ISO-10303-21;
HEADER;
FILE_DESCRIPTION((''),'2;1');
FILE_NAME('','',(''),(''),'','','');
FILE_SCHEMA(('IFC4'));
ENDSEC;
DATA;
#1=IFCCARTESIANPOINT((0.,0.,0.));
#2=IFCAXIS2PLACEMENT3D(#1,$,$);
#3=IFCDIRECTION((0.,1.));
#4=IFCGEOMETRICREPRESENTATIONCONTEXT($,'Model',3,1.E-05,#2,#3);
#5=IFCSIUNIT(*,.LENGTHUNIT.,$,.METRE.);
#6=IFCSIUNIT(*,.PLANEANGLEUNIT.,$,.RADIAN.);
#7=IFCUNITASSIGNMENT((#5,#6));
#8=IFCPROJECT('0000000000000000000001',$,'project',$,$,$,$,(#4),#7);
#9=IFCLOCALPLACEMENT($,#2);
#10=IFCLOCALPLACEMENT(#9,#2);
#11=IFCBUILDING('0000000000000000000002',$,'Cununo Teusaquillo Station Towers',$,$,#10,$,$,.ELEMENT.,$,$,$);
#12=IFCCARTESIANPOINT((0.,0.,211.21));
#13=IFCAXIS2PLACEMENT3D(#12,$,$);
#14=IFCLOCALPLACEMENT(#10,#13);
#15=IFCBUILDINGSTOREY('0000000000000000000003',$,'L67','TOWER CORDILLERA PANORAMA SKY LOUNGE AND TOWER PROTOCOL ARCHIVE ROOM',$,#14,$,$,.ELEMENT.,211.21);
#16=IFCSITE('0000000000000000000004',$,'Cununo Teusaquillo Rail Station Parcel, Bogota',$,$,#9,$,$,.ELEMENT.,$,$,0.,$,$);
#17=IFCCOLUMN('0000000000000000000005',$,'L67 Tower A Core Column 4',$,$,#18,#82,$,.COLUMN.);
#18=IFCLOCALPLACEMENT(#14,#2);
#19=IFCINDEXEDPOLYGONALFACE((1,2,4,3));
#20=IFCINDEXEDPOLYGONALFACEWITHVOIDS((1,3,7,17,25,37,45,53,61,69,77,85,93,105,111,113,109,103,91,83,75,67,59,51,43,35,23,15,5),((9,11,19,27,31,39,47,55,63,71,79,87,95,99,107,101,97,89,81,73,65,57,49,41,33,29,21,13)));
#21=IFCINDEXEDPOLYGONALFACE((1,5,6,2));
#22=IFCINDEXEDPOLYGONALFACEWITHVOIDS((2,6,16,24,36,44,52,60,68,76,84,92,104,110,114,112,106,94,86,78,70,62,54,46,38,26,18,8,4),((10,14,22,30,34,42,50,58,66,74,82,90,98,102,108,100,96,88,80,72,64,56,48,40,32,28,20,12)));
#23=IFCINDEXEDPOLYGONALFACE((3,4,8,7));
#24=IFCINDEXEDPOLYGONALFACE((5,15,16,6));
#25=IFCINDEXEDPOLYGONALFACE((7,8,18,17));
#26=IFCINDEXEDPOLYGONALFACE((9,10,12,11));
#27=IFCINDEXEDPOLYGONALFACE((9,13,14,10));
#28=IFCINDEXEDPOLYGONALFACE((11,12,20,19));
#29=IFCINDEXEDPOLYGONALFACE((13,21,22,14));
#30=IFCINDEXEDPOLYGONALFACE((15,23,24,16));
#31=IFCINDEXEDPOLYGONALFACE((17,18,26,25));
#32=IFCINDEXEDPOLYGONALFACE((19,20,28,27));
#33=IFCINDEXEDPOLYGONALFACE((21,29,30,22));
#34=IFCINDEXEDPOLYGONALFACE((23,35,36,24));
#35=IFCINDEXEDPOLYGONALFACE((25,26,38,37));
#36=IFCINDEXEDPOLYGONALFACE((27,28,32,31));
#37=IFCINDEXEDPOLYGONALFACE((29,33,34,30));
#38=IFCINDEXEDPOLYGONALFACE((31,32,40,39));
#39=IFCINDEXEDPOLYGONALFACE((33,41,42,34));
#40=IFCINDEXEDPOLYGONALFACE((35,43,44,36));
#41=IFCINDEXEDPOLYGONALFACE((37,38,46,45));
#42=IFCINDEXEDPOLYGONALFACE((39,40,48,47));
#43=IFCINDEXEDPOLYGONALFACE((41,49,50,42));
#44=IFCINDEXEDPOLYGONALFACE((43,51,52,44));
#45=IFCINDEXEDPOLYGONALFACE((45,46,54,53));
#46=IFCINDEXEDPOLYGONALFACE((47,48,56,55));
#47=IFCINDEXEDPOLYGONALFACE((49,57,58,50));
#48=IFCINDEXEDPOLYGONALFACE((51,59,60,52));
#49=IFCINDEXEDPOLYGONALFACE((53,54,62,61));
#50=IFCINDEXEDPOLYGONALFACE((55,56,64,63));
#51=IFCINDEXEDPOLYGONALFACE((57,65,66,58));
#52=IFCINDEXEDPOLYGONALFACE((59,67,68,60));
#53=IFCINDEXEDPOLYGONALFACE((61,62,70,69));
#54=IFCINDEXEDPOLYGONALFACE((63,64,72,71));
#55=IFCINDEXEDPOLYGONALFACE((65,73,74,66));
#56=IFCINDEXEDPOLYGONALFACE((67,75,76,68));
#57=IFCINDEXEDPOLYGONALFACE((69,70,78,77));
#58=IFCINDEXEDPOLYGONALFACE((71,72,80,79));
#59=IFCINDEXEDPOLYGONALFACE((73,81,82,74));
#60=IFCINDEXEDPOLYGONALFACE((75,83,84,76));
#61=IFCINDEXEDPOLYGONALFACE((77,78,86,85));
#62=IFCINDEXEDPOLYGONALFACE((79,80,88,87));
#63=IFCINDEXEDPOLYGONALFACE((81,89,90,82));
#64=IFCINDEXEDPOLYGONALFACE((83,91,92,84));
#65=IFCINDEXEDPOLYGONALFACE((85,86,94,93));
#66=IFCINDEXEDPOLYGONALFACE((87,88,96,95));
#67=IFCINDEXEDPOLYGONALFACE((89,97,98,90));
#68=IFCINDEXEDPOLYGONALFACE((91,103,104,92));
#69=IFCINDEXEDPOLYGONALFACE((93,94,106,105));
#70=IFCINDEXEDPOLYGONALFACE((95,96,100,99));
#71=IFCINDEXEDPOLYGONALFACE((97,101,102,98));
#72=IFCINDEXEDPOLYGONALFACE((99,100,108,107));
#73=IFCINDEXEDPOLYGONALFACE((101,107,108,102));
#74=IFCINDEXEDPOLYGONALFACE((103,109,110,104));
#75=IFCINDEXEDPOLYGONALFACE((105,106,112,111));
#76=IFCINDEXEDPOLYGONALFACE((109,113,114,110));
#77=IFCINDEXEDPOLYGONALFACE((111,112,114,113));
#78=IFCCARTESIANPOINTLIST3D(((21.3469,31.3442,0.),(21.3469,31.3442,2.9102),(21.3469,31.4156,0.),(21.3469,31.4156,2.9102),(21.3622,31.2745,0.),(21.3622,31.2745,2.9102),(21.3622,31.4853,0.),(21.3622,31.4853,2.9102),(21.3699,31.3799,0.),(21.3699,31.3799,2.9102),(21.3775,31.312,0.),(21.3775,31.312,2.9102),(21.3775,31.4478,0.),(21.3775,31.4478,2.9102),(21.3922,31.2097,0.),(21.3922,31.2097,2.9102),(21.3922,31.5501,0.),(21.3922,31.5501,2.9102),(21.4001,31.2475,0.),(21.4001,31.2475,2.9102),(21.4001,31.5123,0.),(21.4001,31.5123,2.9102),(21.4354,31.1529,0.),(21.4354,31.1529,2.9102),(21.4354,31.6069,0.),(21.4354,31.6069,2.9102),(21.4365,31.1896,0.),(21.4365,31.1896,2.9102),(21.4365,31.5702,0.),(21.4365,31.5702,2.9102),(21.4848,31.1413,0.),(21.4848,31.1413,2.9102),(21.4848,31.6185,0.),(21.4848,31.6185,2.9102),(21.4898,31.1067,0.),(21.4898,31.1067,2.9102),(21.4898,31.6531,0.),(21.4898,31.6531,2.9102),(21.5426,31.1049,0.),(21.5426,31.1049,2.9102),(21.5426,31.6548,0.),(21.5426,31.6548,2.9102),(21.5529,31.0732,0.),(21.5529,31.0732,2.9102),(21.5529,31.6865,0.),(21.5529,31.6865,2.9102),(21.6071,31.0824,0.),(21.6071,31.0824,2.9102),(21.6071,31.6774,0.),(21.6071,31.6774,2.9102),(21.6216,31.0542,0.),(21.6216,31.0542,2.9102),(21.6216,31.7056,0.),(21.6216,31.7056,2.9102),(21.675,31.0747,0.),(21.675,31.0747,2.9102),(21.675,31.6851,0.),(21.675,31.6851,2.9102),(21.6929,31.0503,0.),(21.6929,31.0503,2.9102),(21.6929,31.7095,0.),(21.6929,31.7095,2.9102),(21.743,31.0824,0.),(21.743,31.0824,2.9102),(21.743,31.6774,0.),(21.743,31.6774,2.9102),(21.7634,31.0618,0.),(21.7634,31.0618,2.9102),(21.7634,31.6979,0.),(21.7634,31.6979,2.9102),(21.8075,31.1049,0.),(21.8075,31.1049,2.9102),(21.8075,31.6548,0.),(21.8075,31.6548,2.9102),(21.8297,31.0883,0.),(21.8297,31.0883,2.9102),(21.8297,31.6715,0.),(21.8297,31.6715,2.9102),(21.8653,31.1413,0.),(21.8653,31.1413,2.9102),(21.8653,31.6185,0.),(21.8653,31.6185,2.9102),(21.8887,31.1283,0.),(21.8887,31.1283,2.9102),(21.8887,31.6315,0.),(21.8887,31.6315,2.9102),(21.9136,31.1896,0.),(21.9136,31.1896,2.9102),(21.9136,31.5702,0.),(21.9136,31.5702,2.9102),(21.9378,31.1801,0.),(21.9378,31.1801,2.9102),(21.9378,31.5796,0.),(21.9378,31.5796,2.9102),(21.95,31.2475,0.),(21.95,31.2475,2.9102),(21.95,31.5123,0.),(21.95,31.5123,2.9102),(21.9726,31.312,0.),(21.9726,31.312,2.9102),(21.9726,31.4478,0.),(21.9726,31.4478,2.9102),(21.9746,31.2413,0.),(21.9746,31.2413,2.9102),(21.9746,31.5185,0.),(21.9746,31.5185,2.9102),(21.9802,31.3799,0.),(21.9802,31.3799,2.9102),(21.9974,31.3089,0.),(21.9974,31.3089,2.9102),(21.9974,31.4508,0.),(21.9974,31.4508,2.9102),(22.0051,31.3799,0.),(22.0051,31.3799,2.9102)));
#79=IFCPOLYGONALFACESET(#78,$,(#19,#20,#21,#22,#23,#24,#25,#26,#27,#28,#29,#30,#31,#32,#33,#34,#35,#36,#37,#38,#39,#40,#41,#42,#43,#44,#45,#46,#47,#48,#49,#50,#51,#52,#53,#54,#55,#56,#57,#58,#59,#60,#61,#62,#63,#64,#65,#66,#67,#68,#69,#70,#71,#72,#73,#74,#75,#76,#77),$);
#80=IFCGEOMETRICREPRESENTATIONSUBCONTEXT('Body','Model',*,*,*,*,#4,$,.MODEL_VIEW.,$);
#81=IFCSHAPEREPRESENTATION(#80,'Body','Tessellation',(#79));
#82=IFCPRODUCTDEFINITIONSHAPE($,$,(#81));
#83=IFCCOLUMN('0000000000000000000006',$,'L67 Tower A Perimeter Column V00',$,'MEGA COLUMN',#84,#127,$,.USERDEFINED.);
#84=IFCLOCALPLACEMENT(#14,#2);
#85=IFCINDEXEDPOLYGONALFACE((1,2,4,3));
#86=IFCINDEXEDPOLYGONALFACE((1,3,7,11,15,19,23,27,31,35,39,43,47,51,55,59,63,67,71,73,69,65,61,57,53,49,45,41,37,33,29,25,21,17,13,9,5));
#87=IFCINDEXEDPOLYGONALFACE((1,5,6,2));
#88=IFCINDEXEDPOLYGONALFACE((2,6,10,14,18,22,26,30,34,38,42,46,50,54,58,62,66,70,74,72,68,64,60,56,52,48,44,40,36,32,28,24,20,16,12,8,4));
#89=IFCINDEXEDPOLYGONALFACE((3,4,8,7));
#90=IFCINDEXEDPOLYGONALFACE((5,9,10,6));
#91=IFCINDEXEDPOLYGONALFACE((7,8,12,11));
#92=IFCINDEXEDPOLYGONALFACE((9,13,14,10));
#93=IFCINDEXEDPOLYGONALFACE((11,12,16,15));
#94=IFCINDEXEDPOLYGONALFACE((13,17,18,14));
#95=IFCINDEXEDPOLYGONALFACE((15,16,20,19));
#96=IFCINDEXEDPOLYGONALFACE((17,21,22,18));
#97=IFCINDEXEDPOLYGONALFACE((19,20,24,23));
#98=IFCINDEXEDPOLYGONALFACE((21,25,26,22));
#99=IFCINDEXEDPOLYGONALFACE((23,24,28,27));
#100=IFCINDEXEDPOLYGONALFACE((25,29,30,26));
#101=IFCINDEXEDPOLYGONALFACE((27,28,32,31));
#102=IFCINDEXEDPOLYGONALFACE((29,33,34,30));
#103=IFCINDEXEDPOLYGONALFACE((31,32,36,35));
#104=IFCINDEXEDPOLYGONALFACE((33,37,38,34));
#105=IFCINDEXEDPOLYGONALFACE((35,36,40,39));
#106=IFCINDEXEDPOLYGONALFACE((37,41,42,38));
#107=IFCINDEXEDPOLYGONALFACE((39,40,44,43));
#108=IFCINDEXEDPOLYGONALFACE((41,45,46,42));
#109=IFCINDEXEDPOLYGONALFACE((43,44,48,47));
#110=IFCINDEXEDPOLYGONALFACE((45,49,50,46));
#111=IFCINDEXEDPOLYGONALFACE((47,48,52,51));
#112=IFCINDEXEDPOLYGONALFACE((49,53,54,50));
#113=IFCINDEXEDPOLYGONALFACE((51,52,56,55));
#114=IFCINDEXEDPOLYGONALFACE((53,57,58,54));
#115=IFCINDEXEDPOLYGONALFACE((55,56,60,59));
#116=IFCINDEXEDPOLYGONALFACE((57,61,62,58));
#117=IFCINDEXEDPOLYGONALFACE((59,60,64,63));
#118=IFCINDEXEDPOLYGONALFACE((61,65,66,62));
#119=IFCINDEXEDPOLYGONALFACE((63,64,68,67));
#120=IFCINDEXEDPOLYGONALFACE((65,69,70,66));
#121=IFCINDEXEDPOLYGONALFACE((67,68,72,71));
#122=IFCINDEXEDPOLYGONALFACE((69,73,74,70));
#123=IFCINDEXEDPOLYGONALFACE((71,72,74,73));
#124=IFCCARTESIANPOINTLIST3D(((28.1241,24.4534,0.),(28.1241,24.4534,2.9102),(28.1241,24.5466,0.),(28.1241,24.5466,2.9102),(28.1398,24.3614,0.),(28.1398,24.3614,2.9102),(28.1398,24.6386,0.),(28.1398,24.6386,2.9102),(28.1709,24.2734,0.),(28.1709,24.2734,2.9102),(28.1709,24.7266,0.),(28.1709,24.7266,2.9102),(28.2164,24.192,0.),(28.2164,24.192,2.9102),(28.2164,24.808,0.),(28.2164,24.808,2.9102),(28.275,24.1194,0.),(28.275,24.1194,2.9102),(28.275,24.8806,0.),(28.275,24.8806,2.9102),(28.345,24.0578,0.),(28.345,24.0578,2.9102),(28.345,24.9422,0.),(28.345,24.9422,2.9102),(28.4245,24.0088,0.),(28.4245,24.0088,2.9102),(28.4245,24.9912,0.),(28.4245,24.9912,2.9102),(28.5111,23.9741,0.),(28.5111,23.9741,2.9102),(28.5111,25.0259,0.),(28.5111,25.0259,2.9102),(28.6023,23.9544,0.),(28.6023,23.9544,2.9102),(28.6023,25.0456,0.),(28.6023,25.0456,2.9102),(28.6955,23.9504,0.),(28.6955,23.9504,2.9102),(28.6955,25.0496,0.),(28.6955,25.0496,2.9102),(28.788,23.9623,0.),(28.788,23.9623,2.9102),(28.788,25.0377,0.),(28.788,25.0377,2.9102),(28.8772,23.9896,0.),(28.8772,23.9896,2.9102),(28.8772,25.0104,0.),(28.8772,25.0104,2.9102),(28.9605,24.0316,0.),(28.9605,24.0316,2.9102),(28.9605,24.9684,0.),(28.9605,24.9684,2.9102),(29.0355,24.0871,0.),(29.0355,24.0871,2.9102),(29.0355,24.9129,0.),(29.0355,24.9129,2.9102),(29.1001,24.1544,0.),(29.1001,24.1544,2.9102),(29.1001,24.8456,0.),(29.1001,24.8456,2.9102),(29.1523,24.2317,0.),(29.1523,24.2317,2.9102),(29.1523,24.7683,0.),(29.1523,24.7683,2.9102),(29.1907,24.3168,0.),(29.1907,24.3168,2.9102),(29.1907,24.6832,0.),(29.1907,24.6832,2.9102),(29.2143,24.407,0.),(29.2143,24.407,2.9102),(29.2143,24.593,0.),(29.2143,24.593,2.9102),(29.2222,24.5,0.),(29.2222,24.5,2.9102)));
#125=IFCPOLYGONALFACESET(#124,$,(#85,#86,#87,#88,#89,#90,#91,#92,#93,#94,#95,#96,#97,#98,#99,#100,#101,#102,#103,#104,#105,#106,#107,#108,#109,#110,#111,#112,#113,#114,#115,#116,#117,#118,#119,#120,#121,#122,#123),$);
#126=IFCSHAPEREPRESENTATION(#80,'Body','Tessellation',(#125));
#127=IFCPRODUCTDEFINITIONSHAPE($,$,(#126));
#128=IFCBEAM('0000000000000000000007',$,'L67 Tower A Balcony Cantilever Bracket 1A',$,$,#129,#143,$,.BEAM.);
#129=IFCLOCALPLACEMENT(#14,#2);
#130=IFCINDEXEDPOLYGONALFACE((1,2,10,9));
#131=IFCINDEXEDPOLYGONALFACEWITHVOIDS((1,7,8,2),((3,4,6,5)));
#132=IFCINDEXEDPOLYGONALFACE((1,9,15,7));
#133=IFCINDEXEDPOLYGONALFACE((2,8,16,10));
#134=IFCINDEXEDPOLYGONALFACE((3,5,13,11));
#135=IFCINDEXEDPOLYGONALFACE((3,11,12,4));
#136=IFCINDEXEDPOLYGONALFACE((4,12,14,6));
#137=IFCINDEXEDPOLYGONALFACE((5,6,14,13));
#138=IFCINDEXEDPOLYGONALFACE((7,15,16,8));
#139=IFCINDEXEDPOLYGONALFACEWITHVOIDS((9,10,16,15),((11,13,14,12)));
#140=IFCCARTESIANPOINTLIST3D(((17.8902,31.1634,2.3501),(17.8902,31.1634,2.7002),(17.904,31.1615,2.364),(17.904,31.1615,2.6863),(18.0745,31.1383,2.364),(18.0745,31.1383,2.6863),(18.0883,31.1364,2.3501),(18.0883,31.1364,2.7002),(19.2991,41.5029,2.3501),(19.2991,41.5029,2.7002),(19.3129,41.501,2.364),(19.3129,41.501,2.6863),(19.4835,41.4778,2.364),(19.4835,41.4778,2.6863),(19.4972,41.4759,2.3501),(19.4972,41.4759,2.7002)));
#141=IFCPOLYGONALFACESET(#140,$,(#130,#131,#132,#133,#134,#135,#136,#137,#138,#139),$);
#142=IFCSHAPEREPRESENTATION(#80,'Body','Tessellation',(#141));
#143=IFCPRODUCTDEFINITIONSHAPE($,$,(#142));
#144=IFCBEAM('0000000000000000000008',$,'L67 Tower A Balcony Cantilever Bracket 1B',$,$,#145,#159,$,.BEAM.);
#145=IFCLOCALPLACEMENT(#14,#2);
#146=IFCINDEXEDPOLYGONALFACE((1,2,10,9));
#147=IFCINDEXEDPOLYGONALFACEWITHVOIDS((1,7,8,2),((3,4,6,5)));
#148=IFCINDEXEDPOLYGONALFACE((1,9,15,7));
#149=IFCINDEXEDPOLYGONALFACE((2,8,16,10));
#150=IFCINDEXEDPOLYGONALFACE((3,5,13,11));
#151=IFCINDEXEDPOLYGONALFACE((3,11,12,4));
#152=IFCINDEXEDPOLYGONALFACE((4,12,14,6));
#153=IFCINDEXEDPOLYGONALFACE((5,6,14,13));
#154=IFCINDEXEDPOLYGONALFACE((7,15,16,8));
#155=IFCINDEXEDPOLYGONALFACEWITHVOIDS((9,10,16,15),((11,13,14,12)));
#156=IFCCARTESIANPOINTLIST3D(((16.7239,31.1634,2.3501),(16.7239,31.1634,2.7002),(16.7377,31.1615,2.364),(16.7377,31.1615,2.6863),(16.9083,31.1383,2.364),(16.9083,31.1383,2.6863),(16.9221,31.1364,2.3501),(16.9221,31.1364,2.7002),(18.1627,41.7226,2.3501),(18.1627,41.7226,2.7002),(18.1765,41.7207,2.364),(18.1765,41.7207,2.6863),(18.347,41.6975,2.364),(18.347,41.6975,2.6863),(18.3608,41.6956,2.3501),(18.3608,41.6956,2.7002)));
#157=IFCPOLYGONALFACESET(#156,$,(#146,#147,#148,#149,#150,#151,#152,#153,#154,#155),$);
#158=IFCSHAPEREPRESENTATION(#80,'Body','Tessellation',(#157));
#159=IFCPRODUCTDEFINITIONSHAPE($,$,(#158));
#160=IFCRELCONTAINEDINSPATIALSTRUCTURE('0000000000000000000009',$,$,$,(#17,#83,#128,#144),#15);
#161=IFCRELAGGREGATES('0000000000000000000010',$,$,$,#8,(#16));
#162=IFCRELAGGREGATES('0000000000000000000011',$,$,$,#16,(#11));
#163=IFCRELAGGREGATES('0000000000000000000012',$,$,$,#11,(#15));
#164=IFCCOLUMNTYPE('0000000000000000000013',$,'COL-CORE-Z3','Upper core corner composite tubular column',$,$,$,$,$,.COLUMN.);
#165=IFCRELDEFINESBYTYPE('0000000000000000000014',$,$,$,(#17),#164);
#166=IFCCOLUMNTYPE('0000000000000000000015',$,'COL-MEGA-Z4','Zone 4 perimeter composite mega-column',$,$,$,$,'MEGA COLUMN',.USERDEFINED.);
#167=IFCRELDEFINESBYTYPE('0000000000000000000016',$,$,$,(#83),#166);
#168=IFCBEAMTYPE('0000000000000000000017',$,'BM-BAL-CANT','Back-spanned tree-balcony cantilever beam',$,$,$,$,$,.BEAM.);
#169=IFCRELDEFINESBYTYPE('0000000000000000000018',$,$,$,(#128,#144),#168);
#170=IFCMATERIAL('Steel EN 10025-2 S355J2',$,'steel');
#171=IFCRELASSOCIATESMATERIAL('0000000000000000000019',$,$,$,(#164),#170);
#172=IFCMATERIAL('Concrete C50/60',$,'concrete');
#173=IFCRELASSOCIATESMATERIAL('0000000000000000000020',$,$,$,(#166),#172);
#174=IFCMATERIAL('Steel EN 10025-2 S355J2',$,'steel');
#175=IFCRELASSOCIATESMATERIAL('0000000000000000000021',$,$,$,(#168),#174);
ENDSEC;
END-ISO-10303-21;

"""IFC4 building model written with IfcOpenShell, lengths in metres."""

from ifc_helpers import new_model, si_unit, direction, frame, origin, origin_2d, place, context, subcontext, project, spatial, hollow_rectangle, circle, hollow_circle, extrude, material, material_profile, profile_set, type_object, element, save


model = new_model("IFC4")

# Units and contexts
model_context = context("Model", 3, precision=1e-05, world=origin(), true_north=direction((0.0, 1.0)))
body_context = subcontext(model_context, "Body", "Model", "MODEL_VIEW")
ifc_project = project(units=[si_unit("LENGTHUNIT", "METRE"), si_unit("PLANEANGLEUNIT", "RADIAN")], contexts=[model_context])

# Site, building, storey
site_placement = place(None, origin())
site = spatial("IfcSite", under=ifc_project, at=site_placement, Name="Cununo Teusaquillo Rail Station Parcel, Bogota", CompositionType="ELEMENT", RefElevation=0.0)
building_placement = place(site_placement, origin())
building = spatial("IfcBuilding", under=site, at=building_placement, Name="Cununo Teusaquillo Station Towers", CompositionType="ELEMENT")
storey_placement = place(building_placement, frame((0.0, 0.0, 211.21)))
storey = spatial("IfcBuildingStorey", under=building, at=storey_placement, Name="L67", Description="TOWER CORDILLERA PANORAMA SKY LOUNGE AND TOWER PROTOCOL ARCHIVE ROOM", CompositionType="ELEMENT", Elevation=211.21)

# Columns
ifc_material_1 = material(Name="Steel EN 10025-2 S355J2", Category="steel")
ifc_material_profile_1 = material_profile(ifc_material_1, hollow_circle(Radius=0.3301, WallThickness=0.0249, at=origin_2d()), Name="CHS 660x25")
ifc_profile_set_1 = profile_set([ifc_material_profile_1], Name="Steel EN 10025-2 S355J2")
column_type_1 = type_object("IfcColumnType", Name="COL-CORE-Z3", Description="Upper core corner composite tubular column", PredefinedType="COLUMN", material=ifc_profile_set_1)
column_1_placement = place(storey_placement, frame((21.675, 31.3799, 0.0), z_axis=(0.0, 0.0, 1.0), x_axis=(1.0, 0.0, 0.0)))
element("IfcColumn", 1, at=column_1_placement, inside=storey, type_object=column_type_1, Name="L67 Tower A Core Column 4", PredefinedType="COLUMN", context=body_context, shape_type="SweptSolid", body=[
    extrude(hollow_circle(Radius=0.3301, WallThickness=0.0249, at=origin_2d()), origin(), (0.0, 0.0, 1.0), 2.9102),
])
ifc_material_2 = material(Name="Concrete C50/60", Category="concrete")
ifc_material_profile_2 = material_profile(ifc_material_2, circle(Radius=0.55, at=origin_2d()), Name="RC-CIRC-1100")
ifc_profile_set_2 = profile_set([ifc_material_profile_2], Name="Concrete C50/60")
column_type_2 = type_object("IfcColumnType", Name="COL-MEGA-Z4", Description="Zone 4 perimeter composite mega-column", ElementType="MEGA COLUMN", PredefinedType="USERDEFINED", material=ifc_profile_set_2)
column_2_placement = place(storey_placement, frame((28.6721, 24.5, 0.0), z_axis=(0.0, 0.0, 1.0), x_axis=(1.0, 0.0, 0.0)))
element("IfcColumn", 2, at=column_2_placement, inside=storey, type_object=column_type_2, Name="L67 Tower A Perimeter Column V00", ObjectType="MEGA COLUMN", PredefinedType="USERDEFINED", context=body_context, shape_type="SweptSolid", body=[
    extrude(circle(Radius=0.55, at=origin_2d()), origin(), (0.0, 0.0, 1.0), 2.9102),
])

# Beams
ifc_material_3 = material(Name="Steel EN 10025-2 S355J2", Category="steel")
ifc_material_profile_3 = material_profile(ifc_material_3, hollow_rectangle(XDim=0.2, YDim=0.3501, WallThickness=0.0139, at=origin_2d()), Name="RHS 350x200x14")
ifc_profile_set_3 = profile_set([ifc_material_profile_3], Name="Steel EN 10025-2 S355J2")
beam_type_1 = type_object("IfcBeamType", Name="BM-BAL-CANT", Description="Back-spanned tree-balcony cantilever beam", PredefinedType="BEAM", material=ifc_profile_set_3)
beam_1_placement = place(storey_placement, frame((17.9893, 31.1499, 2.5251), z_axis=(0.135018, 0.990843, 0.0), x_axis=(-0.990843, 0.135018, 0.0)))
element("IfcBeam", 3, at=beam_1_placement, inside=storey, type_object=beam_type_1, Name="L67 Tower A Balcony Cantilever Bracket 1A", PredefinedType="BEAM", context=body_context, shape_type="SweptSolid", body=[
    extrude(hollow_rectangle(XDim=0.2, YDim=0.3501, WallThickness=0.0139, at=origin_2d()), origin(), (0.0, 0.0, 1.0), 10.4351),
])
beam_2_placement = place(storey_placement, frame((16.823, 31.1499, 2.5251), z_axis=(0.135007, 0.990845, 0.0), x_axis=(-0.990845, 0.135007, 0.0)))
element("IfcBeam", 4, at=beam_2_placement, inside=storey, type_object=beam_type_1, Name="L67 Tower A Balcony Cantilever Bracket 1B", PredefinedType="BEAM", context=body_context, shape_type="SweptSolid", body=[
    extrude(hollow_rectangle(XDim=0.2, YDim=0.3501, WallThickness=0.0139, at=origin_2d()), origin(), (0.0, 0.0, 1.0), 10.6567),
])

save(model, "model.ifc")
